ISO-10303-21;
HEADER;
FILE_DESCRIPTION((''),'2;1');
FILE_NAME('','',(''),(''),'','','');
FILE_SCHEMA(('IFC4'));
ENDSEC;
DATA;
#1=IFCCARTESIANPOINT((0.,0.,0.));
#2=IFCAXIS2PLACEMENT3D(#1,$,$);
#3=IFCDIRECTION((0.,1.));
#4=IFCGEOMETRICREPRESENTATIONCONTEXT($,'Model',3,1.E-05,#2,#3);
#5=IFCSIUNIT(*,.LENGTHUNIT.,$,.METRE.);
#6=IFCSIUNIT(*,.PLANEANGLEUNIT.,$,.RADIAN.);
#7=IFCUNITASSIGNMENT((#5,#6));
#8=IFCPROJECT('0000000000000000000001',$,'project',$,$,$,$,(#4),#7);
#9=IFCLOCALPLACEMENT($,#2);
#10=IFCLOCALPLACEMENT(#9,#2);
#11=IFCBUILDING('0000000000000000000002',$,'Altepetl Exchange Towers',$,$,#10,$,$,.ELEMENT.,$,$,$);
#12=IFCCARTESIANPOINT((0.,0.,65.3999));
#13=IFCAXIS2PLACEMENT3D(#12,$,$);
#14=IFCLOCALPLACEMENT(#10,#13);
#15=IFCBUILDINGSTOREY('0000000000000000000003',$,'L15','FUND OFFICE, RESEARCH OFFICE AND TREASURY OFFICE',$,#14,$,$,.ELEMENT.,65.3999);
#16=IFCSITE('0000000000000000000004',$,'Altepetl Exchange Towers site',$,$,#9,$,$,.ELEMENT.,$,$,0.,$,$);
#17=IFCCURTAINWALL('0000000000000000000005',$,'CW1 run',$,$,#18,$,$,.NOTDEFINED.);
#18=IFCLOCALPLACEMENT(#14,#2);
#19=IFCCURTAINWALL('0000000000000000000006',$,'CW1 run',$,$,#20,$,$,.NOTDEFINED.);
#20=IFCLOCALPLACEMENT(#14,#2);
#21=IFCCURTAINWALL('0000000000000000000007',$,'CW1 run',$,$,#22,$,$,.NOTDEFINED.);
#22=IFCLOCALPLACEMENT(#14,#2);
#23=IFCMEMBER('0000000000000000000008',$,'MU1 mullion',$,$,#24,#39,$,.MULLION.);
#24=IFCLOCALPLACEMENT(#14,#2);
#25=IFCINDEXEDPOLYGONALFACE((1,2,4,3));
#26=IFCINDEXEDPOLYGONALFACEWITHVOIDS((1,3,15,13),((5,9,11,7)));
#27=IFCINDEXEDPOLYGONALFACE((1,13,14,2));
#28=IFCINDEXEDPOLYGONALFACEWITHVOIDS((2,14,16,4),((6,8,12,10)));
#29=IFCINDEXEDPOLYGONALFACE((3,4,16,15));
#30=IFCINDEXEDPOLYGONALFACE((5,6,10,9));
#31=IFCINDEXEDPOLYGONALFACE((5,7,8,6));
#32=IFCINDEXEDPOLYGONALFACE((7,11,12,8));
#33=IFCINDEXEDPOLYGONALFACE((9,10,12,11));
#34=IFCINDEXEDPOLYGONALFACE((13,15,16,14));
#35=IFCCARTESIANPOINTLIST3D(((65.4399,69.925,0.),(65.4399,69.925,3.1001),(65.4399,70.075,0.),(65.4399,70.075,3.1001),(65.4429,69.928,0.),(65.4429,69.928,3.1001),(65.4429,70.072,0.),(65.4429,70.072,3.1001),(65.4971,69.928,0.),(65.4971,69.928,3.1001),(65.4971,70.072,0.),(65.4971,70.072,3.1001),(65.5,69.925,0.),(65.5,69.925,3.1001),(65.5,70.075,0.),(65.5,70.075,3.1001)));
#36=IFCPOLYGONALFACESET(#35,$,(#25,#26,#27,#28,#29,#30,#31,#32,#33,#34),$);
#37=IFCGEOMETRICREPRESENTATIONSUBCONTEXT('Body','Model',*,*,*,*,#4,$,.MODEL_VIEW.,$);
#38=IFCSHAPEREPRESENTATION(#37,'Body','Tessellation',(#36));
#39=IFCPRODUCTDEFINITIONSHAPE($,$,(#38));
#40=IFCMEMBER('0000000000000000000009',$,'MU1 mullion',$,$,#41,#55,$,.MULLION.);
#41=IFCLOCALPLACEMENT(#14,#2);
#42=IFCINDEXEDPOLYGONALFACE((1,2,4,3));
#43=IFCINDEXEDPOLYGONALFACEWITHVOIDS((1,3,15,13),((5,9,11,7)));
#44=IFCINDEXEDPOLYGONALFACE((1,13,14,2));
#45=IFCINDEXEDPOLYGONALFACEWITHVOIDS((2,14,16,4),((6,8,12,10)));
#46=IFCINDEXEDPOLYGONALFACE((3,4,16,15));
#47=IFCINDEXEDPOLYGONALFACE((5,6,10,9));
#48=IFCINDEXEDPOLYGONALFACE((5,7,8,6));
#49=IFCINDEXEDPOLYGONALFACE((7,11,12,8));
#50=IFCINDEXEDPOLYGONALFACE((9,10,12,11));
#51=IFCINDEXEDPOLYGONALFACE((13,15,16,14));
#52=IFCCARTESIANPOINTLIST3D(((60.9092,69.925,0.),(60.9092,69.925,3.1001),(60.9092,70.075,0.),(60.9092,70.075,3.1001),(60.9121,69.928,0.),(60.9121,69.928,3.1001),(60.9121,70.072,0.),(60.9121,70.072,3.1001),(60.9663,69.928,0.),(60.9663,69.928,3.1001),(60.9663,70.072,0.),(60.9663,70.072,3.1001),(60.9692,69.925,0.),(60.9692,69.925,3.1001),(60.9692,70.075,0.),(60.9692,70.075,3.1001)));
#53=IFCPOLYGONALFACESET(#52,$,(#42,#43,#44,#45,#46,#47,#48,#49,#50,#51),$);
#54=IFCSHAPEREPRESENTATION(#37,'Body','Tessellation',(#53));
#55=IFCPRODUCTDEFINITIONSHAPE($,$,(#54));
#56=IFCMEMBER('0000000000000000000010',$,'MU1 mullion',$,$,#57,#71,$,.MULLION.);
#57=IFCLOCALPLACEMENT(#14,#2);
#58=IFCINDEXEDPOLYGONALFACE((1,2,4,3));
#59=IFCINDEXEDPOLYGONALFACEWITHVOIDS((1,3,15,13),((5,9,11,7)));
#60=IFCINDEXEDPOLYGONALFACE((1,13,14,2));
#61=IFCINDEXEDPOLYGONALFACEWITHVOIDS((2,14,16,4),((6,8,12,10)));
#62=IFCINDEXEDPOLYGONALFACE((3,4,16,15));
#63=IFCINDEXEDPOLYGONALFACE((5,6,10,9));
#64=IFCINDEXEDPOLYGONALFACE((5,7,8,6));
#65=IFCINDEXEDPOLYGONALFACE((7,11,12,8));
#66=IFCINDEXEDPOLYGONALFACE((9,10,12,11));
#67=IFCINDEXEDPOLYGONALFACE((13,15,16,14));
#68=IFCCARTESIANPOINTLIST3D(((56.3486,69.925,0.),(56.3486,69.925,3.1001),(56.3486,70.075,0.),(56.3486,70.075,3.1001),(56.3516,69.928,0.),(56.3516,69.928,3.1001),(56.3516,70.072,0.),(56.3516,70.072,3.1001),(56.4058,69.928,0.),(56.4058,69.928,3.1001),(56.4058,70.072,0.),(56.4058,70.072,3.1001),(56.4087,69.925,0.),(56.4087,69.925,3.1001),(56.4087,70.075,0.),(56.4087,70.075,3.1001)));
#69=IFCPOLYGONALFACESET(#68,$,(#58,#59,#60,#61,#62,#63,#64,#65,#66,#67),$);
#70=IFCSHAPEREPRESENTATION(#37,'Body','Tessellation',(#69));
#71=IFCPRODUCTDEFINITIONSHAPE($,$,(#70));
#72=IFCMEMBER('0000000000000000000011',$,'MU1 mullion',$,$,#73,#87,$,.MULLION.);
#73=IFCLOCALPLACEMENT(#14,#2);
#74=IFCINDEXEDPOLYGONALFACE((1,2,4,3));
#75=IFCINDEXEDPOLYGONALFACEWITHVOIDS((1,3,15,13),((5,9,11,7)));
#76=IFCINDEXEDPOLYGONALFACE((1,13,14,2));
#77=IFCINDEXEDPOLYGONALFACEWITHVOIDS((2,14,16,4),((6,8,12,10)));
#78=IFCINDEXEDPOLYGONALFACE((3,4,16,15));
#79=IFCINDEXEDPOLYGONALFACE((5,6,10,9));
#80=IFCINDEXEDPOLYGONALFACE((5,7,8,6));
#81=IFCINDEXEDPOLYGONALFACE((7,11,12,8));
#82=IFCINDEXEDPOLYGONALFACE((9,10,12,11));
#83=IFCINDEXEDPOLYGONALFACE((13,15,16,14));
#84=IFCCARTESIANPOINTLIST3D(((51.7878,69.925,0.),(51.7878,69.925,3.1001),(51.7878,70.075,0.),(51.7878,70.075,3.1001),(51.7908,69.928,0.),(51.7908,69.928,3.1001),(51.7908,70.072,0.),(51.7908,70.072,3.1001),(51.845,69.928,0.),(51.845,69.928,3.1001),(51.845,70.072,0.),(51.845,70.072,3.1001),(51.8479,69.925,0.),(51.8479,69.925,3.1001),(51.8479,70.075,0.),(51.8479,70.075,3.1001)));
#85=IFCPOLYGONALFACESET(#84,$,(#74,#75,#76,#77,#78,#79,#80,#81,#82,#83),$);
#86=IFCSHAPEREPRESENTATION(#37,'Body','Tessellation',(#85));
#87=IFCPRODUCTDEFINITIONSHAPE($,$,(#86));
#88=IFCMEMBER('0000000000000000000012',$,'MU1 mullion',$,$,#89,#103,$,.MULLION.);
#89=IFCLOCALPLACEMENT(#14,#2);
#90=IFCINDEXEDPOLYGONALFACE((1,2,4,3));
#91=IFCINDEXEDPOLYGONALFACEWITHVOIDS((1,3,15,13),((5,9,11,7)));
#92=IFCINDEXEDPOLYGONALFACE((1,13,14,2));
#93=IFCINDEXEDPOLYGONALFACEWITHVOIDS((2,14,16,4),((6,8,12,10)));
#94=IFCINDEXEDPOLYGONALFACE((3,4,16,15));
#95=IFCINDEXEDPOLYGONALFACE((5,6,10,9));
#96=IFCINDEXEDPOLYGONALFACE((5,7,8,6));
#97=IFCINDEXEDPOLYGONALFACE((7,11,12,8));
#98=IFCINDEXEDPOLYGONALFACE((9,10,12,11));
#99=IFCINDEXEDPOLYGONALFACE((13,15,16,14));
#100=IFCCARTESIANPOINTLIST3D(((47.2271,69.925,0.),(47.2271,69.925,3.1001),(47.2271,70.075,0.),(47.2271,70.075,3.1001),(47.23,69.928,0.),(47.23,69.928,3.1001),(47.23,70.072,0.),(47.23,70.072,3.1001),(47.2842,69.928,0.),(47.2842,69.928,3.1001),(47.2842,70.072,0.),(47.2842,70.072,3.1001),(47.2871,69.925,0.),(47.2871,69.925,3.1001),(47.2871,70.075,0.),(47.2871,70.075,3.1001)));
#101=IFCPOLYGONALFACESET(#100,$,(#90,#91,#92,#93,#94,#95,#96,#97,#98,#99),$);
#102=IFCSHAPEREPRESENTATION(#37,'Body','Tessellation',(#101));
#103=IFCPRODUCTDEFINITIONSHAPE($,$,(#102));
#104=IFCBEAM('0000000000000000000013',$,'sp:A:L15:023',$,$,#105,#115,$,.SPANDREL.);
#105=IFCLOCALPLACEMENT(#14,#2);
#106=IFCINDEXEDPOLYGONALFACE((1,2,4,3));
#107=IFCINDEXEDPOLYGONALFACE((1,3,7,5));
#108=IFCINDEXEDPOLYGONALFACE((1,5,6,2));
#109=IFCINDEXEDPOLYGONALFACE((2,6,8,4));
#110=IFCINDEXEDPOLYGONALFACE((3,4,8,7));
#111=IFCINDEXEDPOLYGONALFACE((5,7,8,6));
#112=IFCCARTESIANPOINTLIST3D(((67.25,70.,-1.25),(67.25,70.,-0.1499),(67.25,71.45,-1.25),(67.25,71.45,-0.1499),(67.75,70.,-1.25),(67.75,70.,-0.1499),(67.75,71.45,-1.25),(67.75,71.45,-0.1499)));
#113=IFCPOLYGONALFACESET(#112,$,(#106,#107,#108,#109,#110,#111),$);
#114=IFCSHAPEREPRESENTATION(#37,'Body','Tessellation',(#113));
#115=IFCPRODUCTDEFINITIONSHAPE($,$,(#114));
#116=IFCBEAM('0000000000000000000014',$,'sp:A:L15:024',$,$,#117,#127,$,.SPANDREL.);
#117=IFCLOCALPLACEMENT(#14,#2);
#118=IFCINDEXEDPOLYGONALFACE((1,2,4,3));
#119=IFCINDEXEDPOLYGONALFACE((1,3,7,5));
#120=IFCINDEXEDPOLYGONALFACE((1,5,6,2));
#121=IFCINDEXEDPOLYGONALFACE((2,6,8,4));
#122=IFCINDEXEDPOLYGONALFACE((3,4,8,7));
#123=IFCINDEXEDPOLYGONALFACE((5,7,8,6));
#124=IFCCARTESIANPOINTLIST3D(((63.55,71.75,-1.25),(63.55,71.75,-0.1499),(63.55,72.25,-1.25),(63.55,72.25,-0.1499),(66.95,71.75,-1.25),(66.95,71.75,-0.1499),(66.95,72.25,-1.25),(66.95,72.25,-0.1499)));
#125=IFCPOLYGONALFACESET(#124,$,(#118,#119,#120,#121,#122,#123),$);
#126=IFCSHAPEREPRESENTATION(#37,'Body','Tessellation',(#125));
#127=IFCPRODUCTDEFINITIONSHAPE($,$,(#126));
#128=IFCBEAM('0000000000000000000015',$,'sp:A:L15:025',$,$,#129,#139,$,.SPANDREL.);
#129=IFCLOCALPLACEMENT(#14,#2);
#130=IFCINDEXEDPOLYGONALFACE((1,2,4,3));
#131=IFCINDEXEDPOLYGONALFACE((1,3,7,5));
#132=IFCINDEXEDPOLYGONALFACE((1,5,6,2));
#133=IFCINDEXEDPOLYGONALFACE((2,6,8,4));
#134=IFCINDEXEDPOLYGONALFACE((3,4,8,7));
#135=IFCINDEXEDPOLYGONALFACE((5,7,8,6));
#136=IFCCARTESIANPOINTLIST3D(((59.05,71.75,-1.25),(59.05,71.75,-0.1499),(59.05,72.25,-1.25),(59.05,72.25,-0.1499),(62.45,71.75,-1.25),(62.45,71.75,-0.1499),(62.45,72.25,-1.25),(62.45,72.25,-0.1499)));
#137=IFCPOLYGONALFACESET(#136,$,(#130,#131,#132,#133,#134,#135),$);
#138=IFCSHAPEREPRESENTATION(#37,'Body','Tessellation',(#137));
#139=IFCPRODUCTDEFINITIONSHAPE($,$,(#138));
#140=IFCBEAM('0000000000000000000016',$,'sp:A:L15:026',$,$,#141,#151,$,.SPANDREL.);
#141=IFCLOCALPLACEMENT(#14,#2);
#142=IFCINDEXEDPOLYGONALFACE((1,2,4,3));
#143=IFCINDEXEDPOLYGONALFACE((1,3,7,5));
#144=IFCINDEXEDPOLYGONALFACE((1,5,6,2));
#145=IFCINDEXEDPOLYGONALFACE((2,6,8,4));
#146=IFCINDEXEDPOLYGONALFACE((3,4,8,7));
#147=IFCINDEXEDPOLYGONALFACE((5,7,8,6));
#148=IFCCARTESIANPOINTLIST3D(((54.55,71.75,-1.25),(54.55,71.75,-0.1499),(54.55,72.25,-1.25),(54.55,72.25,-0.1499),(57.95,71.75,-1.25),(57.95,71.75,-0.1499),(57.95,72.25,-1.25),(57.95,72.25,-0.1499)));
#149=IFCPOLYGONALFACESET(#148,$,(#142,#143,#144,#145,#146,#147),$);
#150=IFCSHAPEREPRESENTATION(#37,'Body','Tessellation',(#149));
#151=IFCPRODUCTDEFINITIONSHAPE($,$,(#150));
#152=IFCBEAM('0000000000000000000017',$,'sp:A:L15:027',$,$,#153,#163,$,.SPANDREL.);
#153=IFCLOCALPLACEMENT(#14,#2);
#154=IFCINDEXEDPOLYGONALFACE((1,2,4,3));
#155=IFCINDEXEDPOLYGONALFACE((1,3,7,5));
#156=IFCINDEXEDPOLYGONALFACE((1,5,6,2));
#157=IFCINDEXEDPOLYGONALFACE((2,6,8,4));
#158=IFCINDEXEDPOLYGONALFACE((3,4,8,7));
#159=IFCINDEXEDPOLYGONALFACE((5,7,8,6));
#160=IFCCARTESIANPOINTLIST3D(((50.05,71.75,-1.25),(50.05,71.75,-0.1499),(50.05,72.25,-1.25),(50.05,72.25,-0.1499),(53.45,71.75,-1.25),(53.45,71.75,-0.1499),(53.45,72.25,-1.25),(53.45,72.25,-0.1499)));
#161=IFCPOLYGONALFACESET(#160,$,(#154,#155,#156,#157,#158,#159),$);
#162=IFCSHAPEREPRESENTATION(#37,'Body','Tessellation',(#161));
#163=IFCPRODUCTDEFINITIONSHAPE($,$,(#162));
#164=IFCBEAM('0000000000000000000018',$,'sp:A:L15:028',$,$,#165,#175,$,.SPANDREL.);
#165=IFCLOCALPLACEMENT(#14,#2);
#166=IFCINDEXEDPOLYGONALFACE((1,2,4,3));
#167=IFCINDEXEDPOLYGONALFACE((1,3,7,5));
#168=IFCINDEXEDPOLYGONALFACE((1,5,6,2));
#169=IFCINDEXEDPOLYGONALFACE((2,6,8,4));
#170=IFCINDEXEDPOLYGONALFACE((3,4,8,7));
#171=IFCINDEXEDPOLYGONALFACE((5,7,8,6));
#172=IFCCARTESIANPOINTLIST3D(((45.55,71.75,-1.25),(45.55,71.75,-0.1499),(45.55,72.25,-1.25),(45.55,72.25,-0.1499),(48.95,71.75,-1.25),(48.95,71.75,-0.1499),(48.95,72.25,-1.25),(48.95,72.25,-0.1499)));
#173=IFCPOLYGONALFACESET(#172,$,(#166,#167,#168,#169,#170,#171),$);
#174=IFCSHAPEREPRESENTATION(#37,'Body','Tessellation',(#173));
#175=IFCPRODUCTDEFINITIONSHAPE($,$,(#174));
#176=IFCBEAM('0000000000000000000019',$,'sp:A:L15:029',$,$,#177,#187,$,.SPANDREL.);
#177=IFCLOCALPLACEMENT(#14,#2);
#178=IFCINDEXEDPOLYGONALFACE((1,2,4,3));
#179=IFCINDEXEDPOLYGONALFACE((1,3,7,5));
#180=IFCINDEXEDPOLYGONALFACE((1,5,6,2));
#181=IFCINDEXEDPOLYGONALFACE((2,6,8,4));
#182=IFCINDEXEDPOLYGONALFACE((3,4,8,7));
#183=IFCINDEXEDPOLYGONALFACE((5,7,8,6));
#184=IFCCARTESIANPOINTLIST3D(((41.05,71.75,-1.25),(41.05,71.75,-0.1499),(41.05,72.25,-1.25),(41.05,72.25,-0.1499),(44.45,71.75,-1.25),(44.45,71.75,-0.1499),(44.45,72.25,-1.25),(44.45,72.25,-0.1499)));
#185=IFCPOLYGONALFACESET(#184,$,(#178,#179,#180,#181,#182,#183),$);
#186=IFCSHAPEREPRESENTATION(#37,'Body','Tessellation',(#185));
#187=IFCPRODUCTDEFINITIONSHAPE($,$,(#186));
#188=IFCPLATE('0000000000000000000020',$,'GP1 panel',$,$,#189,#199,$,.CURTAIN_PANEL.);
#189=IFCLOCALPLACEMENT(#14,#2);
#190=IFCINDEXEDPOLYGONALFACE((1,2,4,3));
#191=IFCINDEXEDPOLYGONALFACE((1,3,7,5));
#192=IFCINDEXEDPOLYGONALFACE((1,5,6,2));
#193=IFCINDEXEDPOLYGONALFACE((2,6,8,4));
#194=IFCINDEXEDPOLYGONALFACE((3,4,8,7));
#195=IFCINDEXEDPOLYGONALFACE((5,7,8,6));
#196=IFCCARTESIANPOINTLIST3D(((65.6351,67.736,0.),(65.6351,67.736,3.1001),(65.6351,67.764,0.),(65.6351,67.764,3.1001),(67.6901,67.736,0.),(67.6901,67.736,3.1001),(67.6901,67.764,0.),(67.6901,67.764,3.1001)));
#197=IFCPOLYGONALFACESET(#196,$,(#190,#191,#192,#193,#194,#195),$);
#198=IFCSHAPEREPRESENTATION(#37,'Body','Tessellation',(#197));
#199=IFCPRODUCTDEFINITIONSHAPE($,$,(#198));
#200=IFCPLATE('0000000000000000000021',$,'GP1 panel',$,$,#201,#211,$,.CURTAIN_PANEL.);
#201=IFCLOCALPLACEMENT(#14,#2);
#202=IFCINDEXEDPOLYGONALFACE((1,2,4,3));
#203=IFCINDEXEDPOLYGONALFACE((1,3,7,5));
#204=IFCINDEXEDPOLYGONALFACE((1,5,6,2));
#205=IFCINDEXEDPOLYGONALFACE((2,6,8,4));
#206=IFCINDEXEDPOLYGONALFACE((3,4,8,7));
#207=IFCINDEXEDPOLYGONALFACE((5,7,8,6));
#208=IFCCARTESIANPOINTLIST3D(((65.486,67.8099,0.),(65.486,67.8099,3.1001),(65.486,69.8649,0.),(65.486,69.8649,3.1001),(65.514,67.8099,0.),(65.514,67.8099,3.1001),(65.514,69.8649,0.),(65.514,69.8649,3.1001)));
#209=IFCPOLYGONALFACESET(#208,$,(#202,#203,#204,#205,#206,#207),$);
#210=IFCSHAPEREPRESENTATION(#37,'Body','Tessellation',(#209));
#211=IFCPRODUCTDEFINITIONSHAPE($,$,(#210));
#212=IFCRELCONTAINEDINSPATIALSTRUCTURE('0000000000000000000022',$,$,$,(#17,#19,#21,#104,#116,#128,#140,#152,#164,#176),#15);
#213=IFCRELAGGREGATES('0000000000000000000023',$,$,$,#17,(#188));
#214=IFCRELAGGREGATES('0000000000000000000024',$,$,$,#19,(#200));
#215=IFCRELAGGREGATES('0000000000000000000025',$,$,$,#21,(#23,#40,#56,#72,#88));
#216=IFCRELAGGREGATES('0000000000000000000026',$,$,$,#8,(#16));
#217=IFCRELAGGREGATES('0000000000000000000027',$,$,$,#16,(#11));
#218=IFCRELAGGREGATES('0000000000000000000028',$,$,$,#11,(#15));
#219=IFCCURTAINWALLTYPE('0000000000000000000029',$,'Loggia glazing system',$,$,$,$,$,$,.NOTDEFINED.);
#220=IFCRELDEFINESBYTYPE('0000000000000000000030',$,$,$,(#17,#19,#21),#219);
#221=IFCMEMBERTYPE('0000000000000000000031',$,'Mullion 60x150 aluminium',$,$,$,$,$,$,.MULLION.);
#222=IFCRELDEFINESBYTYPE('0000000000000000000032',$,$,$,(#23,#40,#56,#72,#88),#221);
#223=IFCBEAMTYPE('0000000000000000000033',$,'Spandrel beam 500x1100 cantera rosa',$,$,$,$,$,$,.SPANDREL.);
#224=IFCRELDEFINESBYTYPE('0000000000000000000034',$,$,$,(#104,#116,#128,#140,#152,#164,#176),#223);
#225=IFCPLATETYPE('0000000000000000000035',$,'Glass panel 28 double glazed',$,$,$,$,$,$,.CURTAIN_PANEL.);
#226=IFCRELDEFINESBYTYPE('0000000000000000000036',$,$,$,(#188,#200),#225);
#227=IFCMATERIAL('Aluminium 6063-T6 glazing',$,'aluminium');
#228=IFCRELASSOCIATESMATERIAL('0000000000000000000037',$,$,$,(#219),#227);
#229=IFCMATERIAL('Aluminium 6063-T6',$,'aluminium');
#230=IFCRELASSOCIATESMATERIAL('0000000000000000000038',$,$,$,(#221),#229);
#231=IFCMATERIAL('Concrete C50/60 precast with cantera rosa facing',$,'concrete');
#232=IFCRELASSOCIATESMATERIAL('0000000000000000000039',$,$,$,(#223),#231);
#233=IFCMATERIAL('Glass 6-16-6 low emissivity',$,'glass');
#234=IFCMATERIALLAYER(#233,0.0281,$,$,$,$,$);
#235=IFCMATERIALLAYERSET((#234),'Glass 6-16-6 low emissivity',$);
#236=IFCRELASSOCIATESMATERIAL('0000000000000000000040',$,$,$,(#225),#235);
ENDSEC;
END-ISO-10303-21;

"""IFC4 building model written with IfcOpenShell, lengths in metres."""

from ifc_helpers import new_model, si_unit, direction, frame, origin, origin_2d, place, context, subcontext, project, spatial, rectangle, hollow_rectangle, extrude, material, layer, layer_set, material_profile, profile_set, type_object, element, aggregate, save


model = new_model("IFC4")

# Units and contexts
model_context = context("Model", 3, precision=1e-05, world=origin(), true_north=direction((0.0, 1.0)))
body_context = subcontext(model_context, "Body", "Model", "MODEL_VIEW")
ifc_project = project(units=[si_unit("LENGTHUNIT", "METRE"), si_unit("PLANEANGLEUNIT", "RADIAN")], contexts=[model_context])

# Site, building, storey
site_placement = place(None, origin())
site = spatial("IfcSite", under=ifc_project, at=site_placement, Name="Altepetl Exchange Towers site", CompositionType="ELEMENT", RefElevation=0.0)
building_placement = place(site_placement, origin())
building = spatial("IfcBuilding", under=site, at=building_placement, Name="Altepetl Exchange Towers", CompositionType="ELEMENT")
storey_placement = place(building_placement, frame((0.0, 0.0, 65.3999)))
storey = spatial("IfcBuildingStorey", under=building, at=storey_placement, Name="L15", Description="FUND OFFICE, RESEARCH OFFICE AND TREASURY OFFICE", CompositionType="ELEMENT", Elevation=65.3999)

# Curtain wall
ifc_material_1 = material(Name="Aluminium 6063-T6 glazing", Category="aluminium")
curtain_wall_type = type_object("IfcCurtainWallType", Name="Loggia glazing system", PredefinedType="NOTDEFINED", material=ifc_material_1)
curtain_wall_1_placement = place(storey_placement, origin())
curtain_wall_1 = element("IfcCurtainWall", 1, at=curtain_wall_1_placement, inside=storey, type_object=curtain_wall_type, Name="CW1 run", PredefinedType="NOTDEFINED")
ifc_material_2 = material(Name="Aluminium 6063-T6", Category="aluminium")
ifc_material_profile_1 = material_profile(ifc_material_2, hollow_rectangle(XDim=0.0601, YDim=0.1499, WallThickness=0.0029, at=origin_2d()), Name="Mullion 60x150 aluminium")
ifc_profile_set_1 = profile_set([ifc_material_profile_1], Name="Aluminium 6063-T6")
member_type = type_object("IfcMemberType", Name="Mullion 60x150 aluminium", PredefinedType="MULLION", material=ifc_profile_set_1)

# Curtain walls, members
curtain_wall_2_placement = place(storey_placement, origin())
curtain_wall_2 = element("IfcCurtainWall", 2, at=curtain_wall_2_placement, inside=storey, type_object=curtain_wall_type, Name="CW1 run", PredefinedType="NOTDEFINED")
curtain_wall_3_placement = place(storey_placement, origin())
curtain_wall_3 = element("IfcCurtainWall", 3, at=curtain_wall_3_placement, inside=storey, type_object=curtain_wall_type, Name="CW1 run", PredefinedType="NOTDEFINED")
member_1_placement = place(storey_placement, frame((65.47, 70.0, 0.0), z_axis=(0.0, 0.0, 1.0), x_axis=(-1.0, 0.0, 0.0)))
member_1 = element("IfcMember", 4, at=member_1_placement, type_object=member_type, Name="MU1 mullion", PredefinedType="MULLION", context=body_context, shape_type="SweptSolid", body=[
    extrude(hollow_rectangle(XDim=0.0601, YDim=0.1499, WallThickness=0.0029, at=origin_2d()), origin(), (0.0, 0.0, 1.0), 3.1001),
])
member_2_placement = place(storey_placement, frame((60.9392, 70.0, 0.0), z_axis=(0.0, 0.0, 1.0), x_axis=(-1.0, 0.0, 0.0)))
member_2 = element("IfcMember", 5, at=member_2_placement, type_object=member_type, Name="MU1 mullion", PredefinedType="MULLION", context=body_context, shape_type="SweptSolid", body=[
    extrude(hollow_rectangle(XDim=0.0601, YDim=0.1499, WallThickness=0.0029, at=origin_2d()), origin(), (0.0, 0.0, 1.0), 3.1001),
])
member_3_placement = place(storey_placement, frame((56.3787, 70.0, 0.0), z_axis=(0.0, 0.0, 1.0), x_axis=(-1.0, 0.0, 0.0)))
member_3 = element("IfcMember", 6, at=member_3_placement, type_object=member_type, Name="MU1 mullion", PredefinedType="MULLION", context=body_context, shape_type="SweptSolid", body=[
    extrude(hollow_rectangle(XDim=0.0601, YDim=0.1499, WallThickness=0.0029, at=origin_2d()), origin(), (0.0, 0.0, 1.0), 3.1001),
])
member_4_placement = place(storey_placement, frame((51.8179, 70.0, 0.0), z_axis=(0.0, 0.0, 1.0), x_axis=(-1.0, 0.0, 0.0)))
member_4 = element("IfcMember", 7, at=member_4_placement, type_object=member_type, Name="MU1 mullion", PredefinedType="MULLION", context=body_context, shape_type="SweptSolid", body=[
    extrude(hollow_rectangle(XDim=0.0601, YDim=0.1499, WallThickness=0.0029, at=origin_2d()), origin(), (0.0, 0.0, 1.0), 3.1001),
])
member_5_placement = place(storey_placement, frame((47.2571, 70.0, 0.0), z_axis=(0.0, 0.0, 1.0), x_axis=(-1.0, 0.0, 0.0)))
member_5 = element("IfcMember", 8, at=member_5_placement, type_object=member_type, Name="MU1 mullion", PredefinedType="MULLION", context=body_context, shape_type="SweptSolid", body=[
    extrude(hollow_rectangle(XDim=0.0601, YDim=0.1499, WallThickness=0.0029, at=origin_2d()), origin(), (0.0, 0.0, 1.0), 3.1001),
])

# Beams
ifc_material_3 = material(Name="Concrete C50/60 precast with cantera rosa facing", Category="concrete")
ifc_material_profile_2 = material_profile(ifc_material_3, rectangle(XDim=0.5, YDim=1.1001, at=origin_2d()), Name="500 x 1100")
ifc_profile_set_2 = profile_set([ifc_material_profile_2], Name="Concrete C50/60 precast with cantera rosa facing")
beam_type_1 = type_object("IfcBeamType", Name="Spandrel beam 500x1100 cantera rosa", PredefinedType="SPANDREL", material=ifc_profile_set_2)
beam_1_placement = place(storey_placement, frame((67.5, 70.0, -0.7), z_axis=(0.0, 1.0, 0.0), x_axis=(-1.0, 0.0, 0.0)))
element("IfcBeam", 9, at=beam_1_placement, inside=storey, type_object=beam_type_1, Name="sp:A:L15:023", PredefinedType="SPANDREL", context=body_context, shape_type="SweptSolid", body=[
    extrude(rectangle(XDim=0.5, YDim=1.1001, at=origin_2d()), origin(), (0.0, 0.0, 1.0), 1.45),
])
for number, where, z_axis, x_axis, name in (
    (10, (66.95, 72.0, -0.7), (-1.0, 0.0, 0.0), (0.0, -1.0, 0.0), "sp:A:L15:024"),
    (11, (62.45, 72.0, -0.7), (-1.0, 0.0, 0.0), (0.0, -1.0, 0.0), "sp:A:L15:025"),
    (12, (57.95, 72.0, -0.7), (-1.0, 0.0, 0.0), (0.0, -1.0, 0.0), "sp:A:L15:026"),
    (13, (53.45, 72.0, -0.7), (-1.0, 0.0, 0.0), (0.0, -1.0, 0.0), "sp:A:L15:027"),
    (14, (48.95, 72.0, -0.7), (-1.0, 0.0, 0.0), (0.0, -1.0, 0.0), "sp:A:L15:028"),
    (15, (44.45, 72.0, -0.7), (-1.0, 0.0, 0.0), (0.0, -1.0, 0.0), "sp:A:L15:029"),
):
    element("IfcBeam", number, at=place(storey_placement, frame(where, z_axis=z_axis, x_axis=x_axis)), inside=storey, type_object=beam_type_1, Name=name, PredefinedType="SPANDREL", context=body_context, shape_type="SweptSolid", body=[
        extrude(rectangle(XDim=0.5, YDim=1.1001, at=origin_2d()), origin(), (0.0, 0.0, 1.0), 3.3999),
    ])

# Plates
ifc_material_4 = material(Name="Glass 6-16-6 low emissivity", Category="glass")
ifc_layer_1 = layer(ifc_material_4, 0.0281)
ifc_layer_set_1 = layer_set([ifc_layer_1], Name="Glass 6-16-6 low emissivity")
plate_type = type_object("IfcPlateType", Name="Glass panel 28 double glazed", PredefinedType="CURTAIN_PANEL", material=ifc_layer_set_1)
plate_1_placement = place(storey_placement, frame((66.6626, 67.75, 0.0), z_axis=(0.0, 0.0, 1.0), x_axis=(-1.0, 0.0, 0.0)))
plate_1 = element("IfcPlate", 16, at=plate_1_placement, type_object=plate_type, Name="GP1 panel", PredefinedType="CURTAIN_PANEL", context=body_context, shape_type="SweptSolid", body=[
    extrude(rectangle(XDim=2.0549, YDim=0.0281, at=origin_2d()), origin(), (0.0, 0.0, 1.0), 3.1001),
])
aggregate(curtain_wall_1, [plate_1])
plate_2_placement = place(storey_placement, frame((65.5, 68.8374, 0.0), z_axis=(0.0, 0.0, 1.0), x_axis=(0.0, 1.0, 0.0)))
plate_2 = element("IfcPlate", 17, at=plate_2_placement, type_object=plate_type, Name="GP1 panel", PredefinedType="CURTAIN_PANEL", context=body_context, shape_type="SweptSolid", body=[
    extrude(rectangle(XDim=2.0549, YDim=0.0281, at=origin_2d()), origin(), (0.0, 0.0, 1.0), 3.1001),
])
aggregate(curtain_wall_2, [plate_2])
aggregate(curtain_wall_3, [member_1, member_2, member_3, member_4, member_5])

save(model, "model.ifc")
